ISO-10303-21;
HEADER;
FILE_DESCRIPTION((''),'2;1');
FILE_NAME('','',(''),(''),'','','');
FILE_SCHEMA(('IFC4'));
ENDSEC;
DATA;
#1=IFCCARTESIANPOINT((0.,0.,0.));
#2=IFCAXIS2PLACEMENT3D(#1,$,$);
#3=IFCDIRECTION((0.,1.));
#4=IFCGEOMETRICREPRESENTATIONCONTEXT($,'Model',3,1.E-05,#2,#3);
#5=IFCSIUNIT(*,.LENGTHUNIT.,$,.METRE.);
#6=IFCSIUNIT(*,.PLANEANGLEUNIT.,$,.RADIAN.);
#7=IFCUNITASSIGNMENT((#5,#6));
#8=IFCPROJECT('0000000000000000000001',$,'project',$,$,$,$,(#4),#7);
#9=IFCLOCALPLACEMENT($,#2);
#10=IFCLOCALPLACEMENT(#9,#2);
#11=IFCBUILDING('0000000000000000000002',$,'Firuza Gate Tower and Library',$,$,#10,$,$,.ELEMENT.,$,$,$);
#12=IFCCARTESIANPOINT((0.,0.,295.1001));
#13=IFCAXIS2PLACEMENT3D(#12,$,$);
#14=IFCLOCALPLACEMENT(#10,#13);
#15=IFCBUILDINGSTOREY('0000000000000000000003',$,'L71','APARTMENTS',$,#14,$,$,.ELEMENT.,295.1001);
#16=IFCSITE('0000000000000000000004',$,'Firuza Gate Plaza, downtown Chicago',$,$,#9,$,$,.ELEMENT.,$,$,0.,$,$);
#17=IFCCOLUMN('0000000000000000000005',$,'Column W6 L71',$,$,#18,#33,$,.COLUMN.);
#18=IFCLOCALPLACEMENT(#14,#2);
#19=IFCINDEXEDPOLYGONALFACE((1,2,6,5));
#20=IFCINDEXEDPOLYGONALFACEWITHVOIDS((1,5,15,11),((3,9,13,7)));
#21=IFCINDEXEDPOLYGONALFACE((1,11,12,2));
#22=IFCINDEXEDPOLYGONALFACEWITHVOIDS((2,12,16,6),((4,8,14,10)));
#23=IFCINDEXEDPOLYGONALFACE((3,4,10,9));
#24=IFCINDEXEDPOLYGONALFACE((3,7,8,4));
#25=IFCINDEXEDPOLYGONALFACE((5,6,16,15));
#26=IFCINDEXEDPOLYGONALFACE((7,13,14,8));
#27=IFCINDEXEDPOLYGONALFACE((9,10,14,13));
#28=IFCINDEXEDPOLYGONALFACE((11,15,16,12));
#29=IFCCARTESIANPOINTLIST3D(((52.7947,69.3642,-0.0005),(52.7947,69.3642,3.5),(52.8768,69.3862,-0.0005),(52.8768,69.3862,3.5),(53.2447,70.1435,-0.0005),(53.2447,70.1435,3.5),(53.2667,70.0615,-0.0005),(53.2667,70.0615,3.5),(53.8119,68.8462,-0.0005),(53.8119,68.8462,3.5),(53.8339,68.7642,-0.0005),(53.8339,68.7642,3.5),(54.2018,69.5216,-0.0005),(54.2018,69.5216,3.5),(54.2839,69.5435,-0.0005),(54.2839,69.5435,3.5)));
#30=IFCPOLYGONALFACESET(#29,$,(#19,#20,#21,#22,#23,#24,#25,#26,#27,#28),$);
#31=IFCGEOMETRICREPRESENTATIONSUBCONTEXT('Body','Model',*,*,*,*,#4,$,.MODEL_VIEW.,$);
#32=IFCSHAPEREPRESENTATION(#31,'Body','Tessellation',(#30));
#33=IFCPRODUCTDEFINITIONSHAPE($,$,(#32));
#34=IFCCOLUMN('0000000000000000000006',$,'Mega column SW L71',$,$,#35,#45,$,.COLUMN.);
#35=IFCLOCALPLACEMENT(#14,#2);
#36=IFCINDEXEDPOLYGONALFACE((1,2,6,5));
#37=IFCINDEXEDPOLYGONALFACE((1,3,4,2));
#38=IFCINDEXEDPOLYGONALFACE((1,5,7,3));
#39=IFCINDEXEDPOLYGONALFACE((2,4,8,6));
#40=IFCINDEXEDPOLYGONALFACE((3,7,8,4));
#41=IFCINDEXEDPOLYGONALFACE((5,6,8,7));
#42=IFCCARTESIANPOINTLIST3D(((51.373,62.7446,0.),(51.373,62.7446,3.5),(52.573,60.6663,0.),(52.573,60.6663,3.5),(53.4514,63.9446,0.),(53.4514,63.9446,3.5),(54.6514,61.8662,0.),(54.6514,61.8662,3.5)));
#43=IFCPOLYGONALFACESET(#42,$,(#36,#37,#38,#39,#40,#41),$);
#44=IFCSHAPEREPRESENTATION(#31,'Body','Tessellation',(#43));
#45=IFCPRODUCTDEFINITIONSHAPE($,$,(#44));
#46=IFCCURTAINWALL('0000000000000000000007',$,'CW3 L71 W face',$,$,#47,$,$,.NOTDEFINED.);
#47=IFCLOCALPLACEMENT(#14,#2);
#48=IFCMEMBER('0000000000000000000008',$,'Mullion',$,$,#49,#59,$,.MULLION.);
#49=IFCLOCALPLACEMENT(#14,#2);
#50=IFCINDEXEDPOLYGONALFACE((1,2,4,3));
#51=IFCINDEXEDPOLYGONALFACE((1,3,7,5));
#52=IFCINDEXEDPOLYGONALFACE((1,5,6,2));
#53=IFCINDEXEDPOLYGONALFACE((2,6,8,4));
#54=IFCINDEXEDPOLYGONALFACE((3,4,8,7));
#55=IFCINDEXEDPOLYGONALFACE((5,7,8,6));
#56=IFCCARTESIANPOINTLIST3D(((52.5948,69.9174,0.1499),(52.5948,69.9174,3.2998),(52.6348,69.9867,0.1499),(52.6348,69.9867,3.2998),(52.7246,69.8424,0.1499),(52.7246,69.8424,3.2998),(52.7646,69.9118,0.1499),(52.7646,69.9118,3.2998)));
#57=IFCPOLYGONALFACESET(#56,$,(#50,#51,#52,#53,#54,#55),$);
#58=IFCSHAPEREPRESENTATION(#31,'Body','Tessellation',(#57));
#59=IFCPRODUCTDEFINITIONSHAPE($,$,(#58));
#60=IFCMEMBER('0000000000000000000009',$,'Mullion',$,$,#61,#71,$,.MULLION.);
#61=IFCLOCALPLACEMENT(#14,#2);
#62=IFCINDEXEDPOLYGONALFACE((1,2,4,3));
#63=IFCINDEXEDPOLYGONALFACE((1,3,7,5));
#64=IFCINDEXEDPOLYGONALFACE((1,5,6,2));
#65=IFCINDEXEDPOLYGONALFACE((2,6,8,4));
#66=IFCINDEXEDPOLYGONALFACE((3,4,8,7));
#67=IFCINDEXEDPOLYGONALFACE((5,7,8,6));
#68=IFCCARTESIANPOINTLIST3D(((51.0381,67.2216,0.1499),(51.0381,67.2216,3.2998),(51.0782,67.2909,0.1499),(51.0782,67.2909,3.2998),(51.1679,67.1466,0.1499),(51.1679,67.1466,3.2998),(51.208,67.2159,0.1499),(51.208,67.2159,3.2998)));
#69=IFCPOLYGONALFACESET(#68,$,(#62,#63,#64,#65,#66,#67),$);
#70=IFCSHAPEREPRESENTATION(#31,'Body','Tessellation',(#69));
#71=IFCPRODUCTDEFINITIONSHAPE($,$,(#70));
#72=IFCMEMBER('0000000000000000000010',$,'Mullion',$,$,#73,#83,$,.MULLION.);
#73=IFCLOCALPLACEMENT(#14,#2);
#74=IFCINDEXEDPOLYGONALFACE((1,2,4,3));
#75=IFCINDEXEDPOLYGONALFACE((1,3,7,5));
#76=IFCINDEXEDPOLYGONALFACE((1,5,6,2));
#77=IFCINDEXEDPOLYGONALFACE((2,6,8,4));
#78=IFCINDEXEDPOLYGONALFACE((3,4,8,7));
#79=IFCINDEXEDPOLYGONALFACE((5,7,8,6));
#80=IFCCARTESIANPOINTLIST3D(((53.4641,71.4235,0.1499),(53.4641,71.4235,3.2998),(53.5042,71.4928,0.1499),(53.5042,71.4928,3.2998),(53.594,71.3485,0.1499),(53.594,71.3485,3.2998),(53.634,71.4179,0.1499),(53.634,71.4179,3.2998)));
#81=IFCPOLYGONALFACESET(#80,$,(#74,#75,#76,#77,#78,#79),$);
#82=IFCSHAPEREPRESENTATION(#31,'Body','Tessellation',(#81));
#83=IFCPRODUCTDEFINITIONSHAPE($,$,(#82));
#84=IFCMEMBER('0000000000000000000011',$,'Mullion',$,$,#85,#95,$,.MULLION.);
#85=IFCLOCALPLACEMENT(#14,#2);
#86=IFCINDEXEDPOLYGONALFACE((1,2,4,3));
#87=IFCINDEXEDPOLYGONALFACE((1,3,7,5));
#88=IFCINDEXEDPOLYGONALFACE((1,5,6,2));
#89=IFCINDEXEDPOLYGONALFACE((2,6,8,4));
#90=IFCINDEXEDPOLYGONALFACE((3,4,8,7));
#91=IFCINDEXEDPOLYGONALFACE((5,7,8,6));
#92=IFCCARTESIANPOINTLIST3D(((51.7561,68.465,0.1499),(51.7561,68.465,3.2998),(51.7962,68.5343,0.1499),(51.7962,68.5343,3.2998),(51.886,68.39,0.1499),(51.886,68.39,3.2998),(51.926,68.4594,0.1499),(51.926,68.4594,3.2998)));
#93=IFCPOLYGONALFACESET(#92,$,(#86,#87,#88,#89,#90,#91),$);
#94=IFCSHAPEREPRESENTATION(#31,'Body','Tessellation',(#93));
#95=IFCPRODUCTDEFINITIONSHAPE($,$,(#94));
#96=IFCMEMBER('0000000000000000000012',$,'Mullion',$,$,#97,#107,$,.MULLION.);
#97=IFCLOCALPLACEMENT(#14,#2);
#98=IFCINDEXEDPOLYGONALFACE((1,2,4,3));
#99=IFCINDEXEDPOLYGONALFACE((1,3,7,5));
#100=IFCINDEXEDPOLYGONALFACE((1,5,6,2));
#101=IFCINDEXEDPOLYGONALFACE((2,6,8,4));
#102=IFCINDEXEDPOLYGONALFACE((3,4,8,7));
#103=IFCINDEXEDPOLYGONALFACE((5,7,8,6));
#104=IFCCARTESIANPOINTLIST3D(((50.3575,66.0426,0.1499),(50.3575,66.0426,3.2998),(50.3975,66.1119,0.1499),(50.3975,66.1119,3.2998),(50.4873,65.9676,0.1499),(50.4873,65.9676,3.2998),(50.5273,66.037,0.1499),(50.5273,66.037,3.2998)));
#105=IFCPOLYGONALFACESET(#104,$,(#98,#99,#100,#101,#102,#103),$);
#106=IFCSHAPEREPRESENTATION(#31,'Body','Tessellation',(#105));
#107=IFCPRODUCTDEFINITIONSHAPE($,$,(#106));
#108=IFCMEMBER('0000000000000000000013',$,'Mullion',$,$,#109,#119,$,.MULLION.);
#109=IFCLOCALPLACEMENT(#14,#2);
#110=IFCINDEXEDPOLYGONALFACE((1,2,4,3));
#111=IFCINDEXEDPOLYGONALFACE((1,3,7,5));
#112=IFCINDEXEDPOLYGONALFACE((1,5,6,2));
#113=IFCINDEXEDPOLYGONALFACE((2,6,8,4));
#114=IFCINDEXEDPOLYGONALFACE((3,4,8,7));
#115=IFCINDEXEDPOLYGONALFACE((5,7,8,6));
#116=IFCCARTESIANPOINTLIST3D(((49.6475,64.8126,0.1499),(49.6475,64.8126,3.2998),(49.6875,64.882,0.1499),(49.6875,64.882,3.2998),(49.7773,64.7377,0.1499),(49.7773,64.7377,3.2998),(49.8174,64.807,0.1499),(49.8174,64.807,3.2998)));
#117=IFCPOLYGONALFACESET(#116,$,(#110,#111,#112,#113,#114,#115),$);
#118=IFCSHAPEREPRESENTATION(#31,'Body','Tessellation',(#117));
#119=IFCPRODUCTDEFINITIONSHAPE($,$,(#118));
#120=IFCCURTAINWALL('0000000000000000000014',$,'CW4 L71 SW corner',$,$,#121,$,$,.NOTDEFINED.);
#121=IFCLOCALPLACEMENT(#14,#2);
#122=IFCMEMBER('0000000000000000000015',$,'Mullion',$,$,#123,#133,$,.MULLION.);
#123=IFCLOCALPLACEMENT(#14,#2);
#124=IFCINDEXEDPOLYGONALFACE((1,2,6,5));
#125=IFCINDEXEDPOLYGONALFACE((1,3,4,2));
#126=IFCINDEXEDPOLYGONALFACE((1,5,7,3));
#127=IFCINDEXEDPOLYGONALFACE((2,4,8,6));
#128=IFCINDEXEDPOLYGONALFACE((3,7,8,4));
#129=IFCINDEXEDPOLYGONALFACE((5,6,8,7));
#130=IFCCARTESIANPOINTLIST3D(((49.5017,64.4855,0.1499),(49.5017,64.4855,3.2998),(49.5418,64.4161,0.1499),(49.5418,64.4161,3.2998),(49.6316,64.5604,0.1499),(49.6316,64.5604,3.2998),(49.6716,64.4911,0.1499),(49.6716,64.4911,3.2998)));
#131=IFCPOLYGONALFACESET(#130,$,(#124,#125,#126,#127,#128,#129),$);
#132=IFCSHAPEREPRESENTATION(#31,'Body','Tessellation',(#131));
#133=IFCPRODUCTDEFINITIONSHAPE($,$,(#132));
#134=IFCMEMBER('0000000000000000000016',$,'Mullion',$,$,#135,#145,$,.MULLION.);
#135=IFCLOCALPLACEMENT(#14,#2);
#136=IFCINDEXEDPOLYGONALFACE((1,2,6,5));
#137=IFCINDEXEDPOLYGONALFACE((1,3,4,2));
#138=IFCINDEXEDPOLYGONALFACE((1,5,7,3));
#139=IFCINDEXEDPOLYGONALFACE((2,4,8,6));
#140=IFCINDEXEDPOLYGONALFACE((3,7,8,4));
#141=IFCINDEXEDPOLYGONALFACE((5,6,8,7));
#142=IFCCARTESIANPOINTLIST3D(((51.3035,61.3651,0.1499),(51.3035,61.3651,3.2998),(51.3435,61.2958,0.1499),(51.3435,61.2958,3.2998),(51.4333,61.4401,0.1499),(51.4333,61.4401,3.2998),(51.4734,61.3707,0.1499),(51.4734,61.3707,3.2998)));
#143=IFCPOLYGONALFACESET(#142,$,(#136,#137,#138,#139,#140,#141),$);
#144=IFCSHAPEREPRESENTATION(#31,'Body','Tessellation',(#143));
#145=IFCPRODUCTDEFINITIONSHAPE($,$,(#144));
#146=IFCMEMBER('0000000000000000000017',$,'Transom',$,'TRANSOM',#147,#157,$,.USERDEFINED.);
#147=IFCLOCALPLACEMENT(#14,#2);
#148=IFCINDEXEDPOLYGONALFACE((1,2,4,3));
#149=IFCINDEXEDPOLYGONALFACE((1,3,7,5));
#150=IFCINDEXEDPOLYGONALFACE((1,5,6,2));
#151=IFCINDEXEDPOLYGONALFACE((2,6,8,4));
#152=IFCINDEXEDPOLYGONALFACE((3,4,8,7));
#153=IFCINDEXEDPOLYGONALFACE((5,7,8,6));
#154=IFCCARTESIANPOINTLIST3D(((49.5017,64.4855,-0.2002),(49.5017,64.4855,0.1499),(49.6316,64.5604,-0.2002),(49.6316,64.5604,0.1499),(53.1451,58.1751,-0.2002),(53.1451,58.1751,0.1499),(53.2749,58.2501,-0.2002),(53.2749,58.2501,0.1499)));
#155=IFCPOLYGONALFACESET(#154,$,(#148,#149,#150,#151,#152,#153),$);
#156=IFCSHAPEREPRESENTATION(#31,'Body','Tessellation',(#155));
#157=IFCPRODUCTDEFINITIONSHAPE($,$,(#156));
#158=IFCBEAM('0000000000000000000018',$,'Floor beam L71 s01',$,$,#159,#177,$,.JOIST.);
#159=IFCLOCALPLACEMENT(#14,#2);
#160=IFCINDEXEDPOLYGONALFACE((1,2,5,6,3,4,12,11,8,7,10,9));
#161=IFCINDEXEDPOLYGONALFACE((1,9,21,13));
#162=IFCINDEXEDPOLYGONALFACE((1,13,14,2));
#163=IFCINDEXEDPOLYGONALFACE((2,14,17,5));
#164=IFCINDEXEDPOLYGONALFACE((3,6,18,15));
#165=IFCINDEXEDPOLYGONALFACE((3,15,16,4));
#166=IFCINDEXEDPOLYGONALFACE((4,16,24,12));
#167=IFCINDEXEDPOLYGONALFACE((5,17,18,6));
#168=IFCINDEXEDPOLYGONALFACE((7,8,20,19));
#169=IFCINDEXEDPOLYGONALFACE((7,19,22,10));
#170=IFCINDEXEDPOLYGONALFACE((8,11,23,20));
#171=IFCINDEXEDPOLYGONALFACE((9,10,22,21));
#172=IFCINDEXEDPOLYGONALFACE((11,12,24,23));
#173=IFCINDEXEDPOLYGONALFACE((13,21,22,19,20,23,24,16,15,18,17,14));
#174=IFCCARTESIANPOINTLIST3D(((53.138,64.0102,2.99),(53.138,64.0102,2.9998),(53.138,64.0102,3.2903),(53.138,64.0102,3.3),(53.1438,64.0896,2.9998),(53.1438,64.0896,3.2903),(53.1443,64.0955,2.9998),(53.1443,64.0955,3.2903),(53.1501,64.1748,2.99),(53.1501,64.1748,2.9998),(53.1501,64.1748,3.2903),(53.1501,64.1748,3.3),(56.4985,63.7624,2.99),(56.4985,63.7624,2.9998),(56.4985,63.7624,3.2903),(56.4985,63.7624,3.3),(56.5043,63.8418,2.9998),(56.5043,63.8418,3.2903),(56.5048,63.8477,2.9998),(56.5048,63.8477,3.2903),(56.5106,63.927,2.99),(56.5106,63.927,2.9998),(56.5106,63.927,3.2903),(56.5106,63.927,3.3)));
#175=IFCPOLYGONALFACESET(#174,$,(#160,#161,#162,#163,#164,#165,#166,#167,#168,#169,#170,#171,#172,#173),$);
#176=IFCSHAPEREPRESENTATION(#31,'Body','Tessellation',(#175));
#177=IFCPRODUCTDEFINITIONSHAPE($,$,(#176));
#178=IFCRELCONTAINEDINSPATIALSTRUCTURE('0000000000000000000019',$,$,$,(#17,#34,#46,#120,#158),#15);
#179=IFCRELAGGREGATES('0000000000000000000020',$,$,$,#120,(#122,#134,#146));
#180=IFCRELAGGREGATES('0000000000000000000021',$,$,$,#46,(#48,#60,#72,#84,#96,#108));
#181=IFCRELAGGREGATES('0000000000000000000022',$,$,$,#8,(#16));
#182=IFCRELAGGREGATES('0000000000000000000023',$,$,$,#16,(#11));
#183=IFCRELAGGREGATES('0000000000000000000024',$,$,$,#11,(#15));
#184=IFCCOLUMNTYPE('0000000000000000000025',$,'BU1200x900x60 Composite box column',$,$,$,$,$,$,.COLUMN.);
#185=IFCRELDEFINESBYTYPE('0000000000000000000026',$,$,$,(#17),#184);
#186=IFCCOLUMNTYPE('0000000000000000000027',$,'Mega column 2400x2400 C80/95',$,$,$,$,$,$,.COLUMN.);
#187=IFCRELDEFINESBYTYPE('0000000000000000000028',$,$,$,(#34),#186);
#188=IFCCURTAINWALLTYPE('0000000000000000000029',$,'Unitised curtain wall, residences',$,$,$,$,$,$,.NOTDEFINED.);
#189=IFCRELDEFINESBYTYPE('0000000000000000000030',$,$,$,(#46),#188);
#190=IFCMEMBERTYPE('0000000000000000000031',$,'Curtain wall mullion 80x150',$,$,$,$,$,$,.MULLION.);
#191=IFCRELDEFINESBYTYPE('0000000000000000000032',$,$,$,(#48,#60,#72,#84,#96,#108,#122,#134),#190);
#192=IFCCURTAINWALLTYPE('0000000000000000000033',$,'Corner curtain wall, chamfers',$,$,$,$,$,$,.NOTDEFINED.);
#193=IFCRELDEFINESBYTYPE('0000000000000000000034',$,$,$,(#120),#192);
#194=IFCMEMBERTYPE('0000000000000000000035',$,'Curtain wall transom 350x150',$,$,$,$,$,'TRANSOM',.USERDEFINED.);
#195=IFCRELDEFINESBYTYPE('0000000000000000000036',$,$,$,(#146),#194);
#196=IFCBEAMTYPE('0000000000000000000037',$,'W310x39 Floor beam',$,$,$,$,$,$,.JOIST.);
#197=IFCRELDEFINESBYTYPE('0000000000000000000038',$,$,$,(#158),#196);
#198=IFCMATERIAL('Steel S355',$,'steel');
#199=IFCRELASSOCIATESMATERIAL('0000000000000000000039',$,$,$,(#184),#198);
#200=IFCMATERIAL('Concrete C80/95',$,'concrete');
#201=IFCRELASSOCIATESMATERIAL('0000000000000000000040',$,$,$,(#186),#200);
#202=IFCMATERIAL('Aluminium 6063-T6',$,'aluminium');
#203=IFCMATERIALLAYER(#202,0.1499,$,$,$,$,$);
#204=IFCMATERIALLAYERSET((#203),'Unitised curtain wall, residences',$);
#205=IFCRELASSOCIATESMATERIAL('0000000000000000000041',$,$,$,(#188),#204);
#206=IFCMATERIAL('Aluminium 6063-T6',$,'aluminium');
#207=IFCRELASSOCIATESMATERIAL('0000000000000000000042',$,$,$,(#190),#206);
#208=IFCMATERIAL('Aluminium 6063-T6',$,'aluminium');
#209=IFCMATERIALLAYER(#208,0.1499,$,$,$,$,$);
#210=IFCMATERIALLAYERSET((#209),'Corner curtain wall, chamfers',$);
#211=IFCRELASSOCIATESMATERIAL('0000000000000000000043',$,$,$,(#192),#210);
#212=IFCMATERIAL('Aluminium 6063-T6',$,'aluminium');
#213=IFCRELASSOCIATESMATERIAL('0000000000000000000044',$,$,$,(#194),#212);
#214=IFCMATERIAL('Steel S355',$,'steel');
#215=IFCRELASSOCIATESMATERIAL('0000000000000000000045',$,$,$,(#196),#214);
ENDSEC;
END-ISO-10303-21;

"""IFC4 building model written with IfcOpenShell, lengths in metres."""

from ifc_helpers import new_model, si_unit, direction, frame, origin, origin_2d, place, context, subcontext, project, spatial, rectangle, hollow_rectangle, i_section, extrude, material, layer, layer_set, material_profile, profile_set, type_object, element, aggregate, save


model = new_model("IFC4")

# Units and contexts
model_context = context("Model", 3, precision=1e-05, world=origin(), true_north=direction((0.0, 1.0)))
body_context = subcontext(model_context, "Body", "Model", "MODEL_VIEW")
ifc_project = project(units=[si_unit("LENGTHUNIT", "METRE"), si_unit("PLANEANGLEUNIT", "RADIAN")], contexts=[model_context])

# Site, building, storey
site_placement = place(None, origin())
site = spatial("IfcSite", under=ifc_project, at=site_placement, Name="Firuza Gate Plaza, downtown Chicago", CompositionType="ELEMENT", RefElevation=0.0)
building_placement = place(site_placement, origin())
building = spatial("IfcBuilding", under=site, at=building_placement, Name="Firuza Gate Tower and Library", CompositionType="ELEMENT")
storey_placement = place(building_placement, frame((0.0, 0.0, 295.1001)))
storey = spatial("IfcBuildingStorey", under=building, at=storey_placement, Name="L71", Description="APARTMENTS", CompositionType="ELEMENT", Elevation=295.1001)

# Columns
ifc_material_1 = material(Name="Steel S355", Category="steel")
ifc_material_profile_1 = material_profile(ifc_material_1, hollow_rectangle(XDim=0.8999, YDim=1.2, WallThickness=0.0601, at=origin_2d()))
ifc_profile_set_1 = profile_set([ifc_material_profile_1], Name="Steel S355")
column_type_1 = type_object("IfcColumnType", Name="BU1200x900x60 Composite box column", PredefinedType="COLUMN", material=ifc_profile_set_1)
column_1_placement = place(storey_placement, frame((53.5393, 69.4539, -0.0005), z_axis=(0.0, 0.0, 1.0), x_axis=(-0.5, -0.866025, 0.0)))
element("IfcColumn", 1, at=column_1_placement, inside=storey, type_object=column_type_1, Name="Column W6 L71", PredefinedType="COLUMN", context=body_context, shape_type="SweptSolid", body=[
    extrude(hollow_rectangle(XDim=0.8999, YDim=1.2, WallThickness=0.0601, at=origin_2d()), origin(), (0.0, 0.0, 1.0), 3.5005),
])
ifc_material_2 = material(Name="Concrete C80/95", Category="concrete")
ifc_material_profile_2 = material_profile(ifc_material_2, rectangle(XDim=2.3999, YDim=2.3999, at=origin_2d()))
ifc_profile_set_2 = profile_set([ifc_material_profile_2], Name="Concrete C80/95")
column_type_2 = type_object("IfcColumnType", Name="Mega column 2400x2400 C80/95", PredefinedType="COLUMN", material=ifc_profile_set_2)
column_2_placement = place(storey_placement, frame((53.0122, 62.3054, 0.0), z_axis=(0.0, 0.0, 1.0), x_axis=(0.5, -0.866025, 0.0)))
element("IfcColumn", 2, at=column_2_placement, inside=storey, type_object=column_type_2, Name="Mega column SW L71", PredefinedType="COLUMN", context=body_context, shape_type="SweptSolid", body=[
    extrude(rectangle(XDim=2.3999, YDim=2.3999, at=origin_2d()), origin(), (0.0, 0.0, 1.0), 3.5),
])

# Curtain walls, members
ifc_material_3 = material(Name="Aluminium 6063-T6", Category="aluminium")
ifc_layer_1 = layer(ifc_material_3, 0.1499)
ifc_layer_set_1 = layer_set([ifc_layer_1], Name="Unitised curtain wall, residences")
curtain_wall_type_1 = type_object("IfcCurtainWallType", Name="Unitised curtain wall, residences", PredefinedType="NOTDEFINED", material=ifc_layer_set_1)
placement = place(storey_placement, origin())
curtain_wall_1 = element("IfcCurtainWall", 3, at=placement, inside=storey, type_object=curtain_wall_type_1, Name="CW3 L71 W face", PredefinedType="NOTDEFINED")
ifc_material_4 = material(Name="Aluminium 6063-T6", Category="aluminium")
ifc_material_profile_3 = material_profile(ifc_material_4, rectangle(XDim=0.1499, YDim=0.0801, at=origin_2d()))
ifc_profile_set_3 = profile_set([ifc_material_profile_3], Name="Aluminium 6063-T6")
member_type_1 = type_object("IfcMemberType", Name="Curtain wall mullion 80x150", PredefinedType="MULLION", material=ifc_profile_set_3)
member_1_placement = place(storey_placement, frame((52.6797, 69.9146, 0.1499), z_axis=(0.0, 0.0, 1.0), x_axis=(0.866025, -0.5, 0.0)))
member_1 = element("IfcMember", 4, at=member_1_placement, type_object=member_type_1, Name="Mullion", PredefinedType="MULLION", context=body_context, shape_type="SweptSolid", body=[
    extrude(rectangle(XDim=0.1499, YDim=0.0801, at=origin_2d()), origin(), (0.0, 0.0, 1.0), 3.1499),
])
member_2_placement = place(storey_placement, frame((51.123, 67.2188, 0.1499), z_axis=(0.0, 0.0, 1.0), x_axis=(0.866025, -0.5, 0.0)))
member_2 = element("IfcMember", 5, at=member_2_placement, type_object=member_type_1, Name="Mullion", PredefinedType="MULLION", context=body_context, shape_type="SweptSolid", body=[
    extrude(rectangle(XDim=0.1499, YDim=0.0801, at=origin_2d()), origin(), (0.0, 0.0, 1.0), 3.1499),
])
member_3_placement = place(storey_placement, frame((53.5491, 71.4207, 0.1499), z_axis=(0.0, 0.0, 1.0), x_axis=(0.866025, -0.5, 0.0)))
member_3 = element("IfcMember", 6, at=member_3_placement, type_object=member_type_1, Name="Mullion", PredefinedType="MULLION", context=body_context, shape_type="SweptSolid", body=[
    extrude(rectangle(XDim=0.1499, YDim=0.0801, at=origin_2d()), origin(), (0.0, 0.0, 1.0), 3.1499),
])
member_4_placement = place(storey_placement, frame((51.8411, 68.4622, 0.1499), z_axis=(0.0, 0.0, 1.0), x_axis=(0.866025, -0.5, 0.0)))
member_4 = element("IfcMember", 7, at=member_4_placement, type_object=member_type_1, Name="Mullion", PredefinedType="MULLION", context=body_context, shape_type="SweptSolid", body=[
    extrude(rectangle(XDim=0.1499, YDim=0.0801, at=origin_2d()), origin(), (0.0, 0.0, 1.0), 3.1499),
])
member_5_placement = place(storey_placement, frame((50.4424, 66.0398, 0.1499), z_axis=(0.0, 0.0, 1.0), x_axis=(0.866025, -0.5, 0.0)))
member_5 = element("IfcMember", 8, at=member_5_placement, type_object=member_type_1, Name="Mullion", PredefinedType="MULLION", context=body_context, shape_type="SweptSolid", body=[
    extrude(rectangle(XDim=0.1499, YDim=0.0801, at=origin_2d()), origin(), (0.0, 0.0, 1.0), 3.1499),
])
member_6_placement = place(storey_placement, frame((49.7324, 64.8098, 0.1499), z_axis=(0.0, 0.0, 1.0), x_axis=(0.866025, -0.5, 0.0)))
member_6 = element("IfcMember", 9, at=member_6_placement, type_object=member_type_1, Name="Mullion", PredefinedType="MULLION", context=body_context, shape_type="SweptSolid", body=[
    extrude(rectangle(XDim=0.1499, YDim=0.0801, at=origin_2d()), origin(), (0.0, 0.0, 1.0), 3.1499),
])
ifc_material_5 = material(Name="Aluminium 6063-T6", Category="aluminium")
ifc_layer_2 = layer(ifc_material_5, 0.1499)
ifc_layer_set_2 = layer_set([ifc_layer_2], Name="Corner curtain wall, chamfers")
curtain_wall_type_2 = type_object("IfcCurtainWallType", Name="Corner curtain wall, chamfers", PredefinedType="NOTDEFINED", material=ifc_layer_set_2)
curtain_wall_2 = element("IfcCurtainWall", 10, at=placement, inside=storey, type_object=curtain_wall_type_2, Name="CW4 L71 SW corner", PredefinedType="NOTDEFINED")
member_7_placement = place(storey_placement, frame((49.5867, 64.4883, 0.1499), z_axis=(0.0, 0.0, 1.0), x_axis=(0.866025, 0.5, 0.0)))
member_7 = element("IfcMember", 11, at=member_7_placement, type_object=member_type_1, Name="Mullion", PredefinedType="MULLION", context=body_context, shape_type="SweptSolid", body=[
    extrude(rectangle(XDim=0.1499, YDim=0.0801, at=origin_2d()), origin(), (0.0, 0.0, 1.0), 3.1499),
])
member_8_placement = place(storey_placement, frame((51.3884, 61.3679, 0.1499), z_axis=(0.0, 0.0, 1.0), x_axis=(0.866025, 0.5, 0.0)))
member_8 = element("IfcMember", 12, at=member_8_placement, type_object=member_type_1, Name="Mullion", PredefinedType="MULLION", context=body_context, shape_type="SweptSolid", body=[
    extrude(rectangle(XDim=0.1499, YDim=0.0801, at=origin_2d()), origin(), (0.0, 0.0, 1.0), 3.1499),
])
ifc_material_6 = material(Name="Aluminium 6063-T6", Category="aluminium")
ifc_material_profile_4 = material_profile(ifc_material_6, rectangle(XDim=0.1499, YDim=0.3501, at=origin_2d()))
ifc_profile_set_4 = profile_set([ifc_material_profile_4], Name="Aluminium 6063-T6")
member_type_2 = type_object("IfcMemberType", Name="Curtain wall transom 350x150", ElementType="TRANSOM", PredefinedType="USERDEFINED", material=ifc_profile_set_4)
member_9_placement = place(storey_placement, frame((49.5667, 64.5229, -0.0251), z_axis=(0.500006, -0.866022, 0.0), x_axis=(0.866022, 0.500006, 0.0)))
member_9 = element("IfcMember", 13, at=member_9_placement, type_object=member_type_2, Name="Transom", ObjectType="TRANSOM", PredefinedType="USERDEFINED", context=body_context, shape_type="SweptSolid", body=[
    extrude(rectangle(XDim=0.1499, YDim=0.3501, at=origin_2d()), origin(), (0.0, 0.0, 1.0), 7.2866),
])

# Beam
ifc_material_7 = material(Name="Steel S355", Category="steel")
ifc_material_profile_5 = material_profile(ifc_material_7, i_section(OverallWidth=0.165, OverallDepth=0.3101, WebThickness=0.0059, FlangeThickness=0.0098, at=origin_2d()))
ifc_profile_set_5 = profile_set([ifc_material_profile_5], Name="Steel S355")
beam_type_1 = type_object("IfcBeamType", Name="W310x39 Floor beam", PredefinedType="JOIST", material=ifc_profile_set_5)
beam_1_placement = place(storey_placement, frame((53.144, 64.0925, 3.145), z_axis=(0.997292, -0.073538, 0.0), x_axis=(0.073538, 0.997292, 0.0)))
element("IfcBeam", 14, at=beam_1_placement, inside=storey, type_object=beam_type_1, Name="Floor beam L71 s01", PredefinedType="JOIST", context=body_context, shape_type="SweptSolid", body=[
    extrude(i_section(OverallWidth=0.165, OverallDepth=0.3101, WebThickness=0.0059, FlangeThickness=0.0098, at=origin_2d()), origin(), (0.0, 0.0, 1.0), 3.3696),
])

aggregate(curtain_wall_2, [member_7, member_8, member_9])
aggregate(curtain_wall_1, [member_1, member_2, member_3, member_4, member_5, member_6])

save(model, "model.ifc")
